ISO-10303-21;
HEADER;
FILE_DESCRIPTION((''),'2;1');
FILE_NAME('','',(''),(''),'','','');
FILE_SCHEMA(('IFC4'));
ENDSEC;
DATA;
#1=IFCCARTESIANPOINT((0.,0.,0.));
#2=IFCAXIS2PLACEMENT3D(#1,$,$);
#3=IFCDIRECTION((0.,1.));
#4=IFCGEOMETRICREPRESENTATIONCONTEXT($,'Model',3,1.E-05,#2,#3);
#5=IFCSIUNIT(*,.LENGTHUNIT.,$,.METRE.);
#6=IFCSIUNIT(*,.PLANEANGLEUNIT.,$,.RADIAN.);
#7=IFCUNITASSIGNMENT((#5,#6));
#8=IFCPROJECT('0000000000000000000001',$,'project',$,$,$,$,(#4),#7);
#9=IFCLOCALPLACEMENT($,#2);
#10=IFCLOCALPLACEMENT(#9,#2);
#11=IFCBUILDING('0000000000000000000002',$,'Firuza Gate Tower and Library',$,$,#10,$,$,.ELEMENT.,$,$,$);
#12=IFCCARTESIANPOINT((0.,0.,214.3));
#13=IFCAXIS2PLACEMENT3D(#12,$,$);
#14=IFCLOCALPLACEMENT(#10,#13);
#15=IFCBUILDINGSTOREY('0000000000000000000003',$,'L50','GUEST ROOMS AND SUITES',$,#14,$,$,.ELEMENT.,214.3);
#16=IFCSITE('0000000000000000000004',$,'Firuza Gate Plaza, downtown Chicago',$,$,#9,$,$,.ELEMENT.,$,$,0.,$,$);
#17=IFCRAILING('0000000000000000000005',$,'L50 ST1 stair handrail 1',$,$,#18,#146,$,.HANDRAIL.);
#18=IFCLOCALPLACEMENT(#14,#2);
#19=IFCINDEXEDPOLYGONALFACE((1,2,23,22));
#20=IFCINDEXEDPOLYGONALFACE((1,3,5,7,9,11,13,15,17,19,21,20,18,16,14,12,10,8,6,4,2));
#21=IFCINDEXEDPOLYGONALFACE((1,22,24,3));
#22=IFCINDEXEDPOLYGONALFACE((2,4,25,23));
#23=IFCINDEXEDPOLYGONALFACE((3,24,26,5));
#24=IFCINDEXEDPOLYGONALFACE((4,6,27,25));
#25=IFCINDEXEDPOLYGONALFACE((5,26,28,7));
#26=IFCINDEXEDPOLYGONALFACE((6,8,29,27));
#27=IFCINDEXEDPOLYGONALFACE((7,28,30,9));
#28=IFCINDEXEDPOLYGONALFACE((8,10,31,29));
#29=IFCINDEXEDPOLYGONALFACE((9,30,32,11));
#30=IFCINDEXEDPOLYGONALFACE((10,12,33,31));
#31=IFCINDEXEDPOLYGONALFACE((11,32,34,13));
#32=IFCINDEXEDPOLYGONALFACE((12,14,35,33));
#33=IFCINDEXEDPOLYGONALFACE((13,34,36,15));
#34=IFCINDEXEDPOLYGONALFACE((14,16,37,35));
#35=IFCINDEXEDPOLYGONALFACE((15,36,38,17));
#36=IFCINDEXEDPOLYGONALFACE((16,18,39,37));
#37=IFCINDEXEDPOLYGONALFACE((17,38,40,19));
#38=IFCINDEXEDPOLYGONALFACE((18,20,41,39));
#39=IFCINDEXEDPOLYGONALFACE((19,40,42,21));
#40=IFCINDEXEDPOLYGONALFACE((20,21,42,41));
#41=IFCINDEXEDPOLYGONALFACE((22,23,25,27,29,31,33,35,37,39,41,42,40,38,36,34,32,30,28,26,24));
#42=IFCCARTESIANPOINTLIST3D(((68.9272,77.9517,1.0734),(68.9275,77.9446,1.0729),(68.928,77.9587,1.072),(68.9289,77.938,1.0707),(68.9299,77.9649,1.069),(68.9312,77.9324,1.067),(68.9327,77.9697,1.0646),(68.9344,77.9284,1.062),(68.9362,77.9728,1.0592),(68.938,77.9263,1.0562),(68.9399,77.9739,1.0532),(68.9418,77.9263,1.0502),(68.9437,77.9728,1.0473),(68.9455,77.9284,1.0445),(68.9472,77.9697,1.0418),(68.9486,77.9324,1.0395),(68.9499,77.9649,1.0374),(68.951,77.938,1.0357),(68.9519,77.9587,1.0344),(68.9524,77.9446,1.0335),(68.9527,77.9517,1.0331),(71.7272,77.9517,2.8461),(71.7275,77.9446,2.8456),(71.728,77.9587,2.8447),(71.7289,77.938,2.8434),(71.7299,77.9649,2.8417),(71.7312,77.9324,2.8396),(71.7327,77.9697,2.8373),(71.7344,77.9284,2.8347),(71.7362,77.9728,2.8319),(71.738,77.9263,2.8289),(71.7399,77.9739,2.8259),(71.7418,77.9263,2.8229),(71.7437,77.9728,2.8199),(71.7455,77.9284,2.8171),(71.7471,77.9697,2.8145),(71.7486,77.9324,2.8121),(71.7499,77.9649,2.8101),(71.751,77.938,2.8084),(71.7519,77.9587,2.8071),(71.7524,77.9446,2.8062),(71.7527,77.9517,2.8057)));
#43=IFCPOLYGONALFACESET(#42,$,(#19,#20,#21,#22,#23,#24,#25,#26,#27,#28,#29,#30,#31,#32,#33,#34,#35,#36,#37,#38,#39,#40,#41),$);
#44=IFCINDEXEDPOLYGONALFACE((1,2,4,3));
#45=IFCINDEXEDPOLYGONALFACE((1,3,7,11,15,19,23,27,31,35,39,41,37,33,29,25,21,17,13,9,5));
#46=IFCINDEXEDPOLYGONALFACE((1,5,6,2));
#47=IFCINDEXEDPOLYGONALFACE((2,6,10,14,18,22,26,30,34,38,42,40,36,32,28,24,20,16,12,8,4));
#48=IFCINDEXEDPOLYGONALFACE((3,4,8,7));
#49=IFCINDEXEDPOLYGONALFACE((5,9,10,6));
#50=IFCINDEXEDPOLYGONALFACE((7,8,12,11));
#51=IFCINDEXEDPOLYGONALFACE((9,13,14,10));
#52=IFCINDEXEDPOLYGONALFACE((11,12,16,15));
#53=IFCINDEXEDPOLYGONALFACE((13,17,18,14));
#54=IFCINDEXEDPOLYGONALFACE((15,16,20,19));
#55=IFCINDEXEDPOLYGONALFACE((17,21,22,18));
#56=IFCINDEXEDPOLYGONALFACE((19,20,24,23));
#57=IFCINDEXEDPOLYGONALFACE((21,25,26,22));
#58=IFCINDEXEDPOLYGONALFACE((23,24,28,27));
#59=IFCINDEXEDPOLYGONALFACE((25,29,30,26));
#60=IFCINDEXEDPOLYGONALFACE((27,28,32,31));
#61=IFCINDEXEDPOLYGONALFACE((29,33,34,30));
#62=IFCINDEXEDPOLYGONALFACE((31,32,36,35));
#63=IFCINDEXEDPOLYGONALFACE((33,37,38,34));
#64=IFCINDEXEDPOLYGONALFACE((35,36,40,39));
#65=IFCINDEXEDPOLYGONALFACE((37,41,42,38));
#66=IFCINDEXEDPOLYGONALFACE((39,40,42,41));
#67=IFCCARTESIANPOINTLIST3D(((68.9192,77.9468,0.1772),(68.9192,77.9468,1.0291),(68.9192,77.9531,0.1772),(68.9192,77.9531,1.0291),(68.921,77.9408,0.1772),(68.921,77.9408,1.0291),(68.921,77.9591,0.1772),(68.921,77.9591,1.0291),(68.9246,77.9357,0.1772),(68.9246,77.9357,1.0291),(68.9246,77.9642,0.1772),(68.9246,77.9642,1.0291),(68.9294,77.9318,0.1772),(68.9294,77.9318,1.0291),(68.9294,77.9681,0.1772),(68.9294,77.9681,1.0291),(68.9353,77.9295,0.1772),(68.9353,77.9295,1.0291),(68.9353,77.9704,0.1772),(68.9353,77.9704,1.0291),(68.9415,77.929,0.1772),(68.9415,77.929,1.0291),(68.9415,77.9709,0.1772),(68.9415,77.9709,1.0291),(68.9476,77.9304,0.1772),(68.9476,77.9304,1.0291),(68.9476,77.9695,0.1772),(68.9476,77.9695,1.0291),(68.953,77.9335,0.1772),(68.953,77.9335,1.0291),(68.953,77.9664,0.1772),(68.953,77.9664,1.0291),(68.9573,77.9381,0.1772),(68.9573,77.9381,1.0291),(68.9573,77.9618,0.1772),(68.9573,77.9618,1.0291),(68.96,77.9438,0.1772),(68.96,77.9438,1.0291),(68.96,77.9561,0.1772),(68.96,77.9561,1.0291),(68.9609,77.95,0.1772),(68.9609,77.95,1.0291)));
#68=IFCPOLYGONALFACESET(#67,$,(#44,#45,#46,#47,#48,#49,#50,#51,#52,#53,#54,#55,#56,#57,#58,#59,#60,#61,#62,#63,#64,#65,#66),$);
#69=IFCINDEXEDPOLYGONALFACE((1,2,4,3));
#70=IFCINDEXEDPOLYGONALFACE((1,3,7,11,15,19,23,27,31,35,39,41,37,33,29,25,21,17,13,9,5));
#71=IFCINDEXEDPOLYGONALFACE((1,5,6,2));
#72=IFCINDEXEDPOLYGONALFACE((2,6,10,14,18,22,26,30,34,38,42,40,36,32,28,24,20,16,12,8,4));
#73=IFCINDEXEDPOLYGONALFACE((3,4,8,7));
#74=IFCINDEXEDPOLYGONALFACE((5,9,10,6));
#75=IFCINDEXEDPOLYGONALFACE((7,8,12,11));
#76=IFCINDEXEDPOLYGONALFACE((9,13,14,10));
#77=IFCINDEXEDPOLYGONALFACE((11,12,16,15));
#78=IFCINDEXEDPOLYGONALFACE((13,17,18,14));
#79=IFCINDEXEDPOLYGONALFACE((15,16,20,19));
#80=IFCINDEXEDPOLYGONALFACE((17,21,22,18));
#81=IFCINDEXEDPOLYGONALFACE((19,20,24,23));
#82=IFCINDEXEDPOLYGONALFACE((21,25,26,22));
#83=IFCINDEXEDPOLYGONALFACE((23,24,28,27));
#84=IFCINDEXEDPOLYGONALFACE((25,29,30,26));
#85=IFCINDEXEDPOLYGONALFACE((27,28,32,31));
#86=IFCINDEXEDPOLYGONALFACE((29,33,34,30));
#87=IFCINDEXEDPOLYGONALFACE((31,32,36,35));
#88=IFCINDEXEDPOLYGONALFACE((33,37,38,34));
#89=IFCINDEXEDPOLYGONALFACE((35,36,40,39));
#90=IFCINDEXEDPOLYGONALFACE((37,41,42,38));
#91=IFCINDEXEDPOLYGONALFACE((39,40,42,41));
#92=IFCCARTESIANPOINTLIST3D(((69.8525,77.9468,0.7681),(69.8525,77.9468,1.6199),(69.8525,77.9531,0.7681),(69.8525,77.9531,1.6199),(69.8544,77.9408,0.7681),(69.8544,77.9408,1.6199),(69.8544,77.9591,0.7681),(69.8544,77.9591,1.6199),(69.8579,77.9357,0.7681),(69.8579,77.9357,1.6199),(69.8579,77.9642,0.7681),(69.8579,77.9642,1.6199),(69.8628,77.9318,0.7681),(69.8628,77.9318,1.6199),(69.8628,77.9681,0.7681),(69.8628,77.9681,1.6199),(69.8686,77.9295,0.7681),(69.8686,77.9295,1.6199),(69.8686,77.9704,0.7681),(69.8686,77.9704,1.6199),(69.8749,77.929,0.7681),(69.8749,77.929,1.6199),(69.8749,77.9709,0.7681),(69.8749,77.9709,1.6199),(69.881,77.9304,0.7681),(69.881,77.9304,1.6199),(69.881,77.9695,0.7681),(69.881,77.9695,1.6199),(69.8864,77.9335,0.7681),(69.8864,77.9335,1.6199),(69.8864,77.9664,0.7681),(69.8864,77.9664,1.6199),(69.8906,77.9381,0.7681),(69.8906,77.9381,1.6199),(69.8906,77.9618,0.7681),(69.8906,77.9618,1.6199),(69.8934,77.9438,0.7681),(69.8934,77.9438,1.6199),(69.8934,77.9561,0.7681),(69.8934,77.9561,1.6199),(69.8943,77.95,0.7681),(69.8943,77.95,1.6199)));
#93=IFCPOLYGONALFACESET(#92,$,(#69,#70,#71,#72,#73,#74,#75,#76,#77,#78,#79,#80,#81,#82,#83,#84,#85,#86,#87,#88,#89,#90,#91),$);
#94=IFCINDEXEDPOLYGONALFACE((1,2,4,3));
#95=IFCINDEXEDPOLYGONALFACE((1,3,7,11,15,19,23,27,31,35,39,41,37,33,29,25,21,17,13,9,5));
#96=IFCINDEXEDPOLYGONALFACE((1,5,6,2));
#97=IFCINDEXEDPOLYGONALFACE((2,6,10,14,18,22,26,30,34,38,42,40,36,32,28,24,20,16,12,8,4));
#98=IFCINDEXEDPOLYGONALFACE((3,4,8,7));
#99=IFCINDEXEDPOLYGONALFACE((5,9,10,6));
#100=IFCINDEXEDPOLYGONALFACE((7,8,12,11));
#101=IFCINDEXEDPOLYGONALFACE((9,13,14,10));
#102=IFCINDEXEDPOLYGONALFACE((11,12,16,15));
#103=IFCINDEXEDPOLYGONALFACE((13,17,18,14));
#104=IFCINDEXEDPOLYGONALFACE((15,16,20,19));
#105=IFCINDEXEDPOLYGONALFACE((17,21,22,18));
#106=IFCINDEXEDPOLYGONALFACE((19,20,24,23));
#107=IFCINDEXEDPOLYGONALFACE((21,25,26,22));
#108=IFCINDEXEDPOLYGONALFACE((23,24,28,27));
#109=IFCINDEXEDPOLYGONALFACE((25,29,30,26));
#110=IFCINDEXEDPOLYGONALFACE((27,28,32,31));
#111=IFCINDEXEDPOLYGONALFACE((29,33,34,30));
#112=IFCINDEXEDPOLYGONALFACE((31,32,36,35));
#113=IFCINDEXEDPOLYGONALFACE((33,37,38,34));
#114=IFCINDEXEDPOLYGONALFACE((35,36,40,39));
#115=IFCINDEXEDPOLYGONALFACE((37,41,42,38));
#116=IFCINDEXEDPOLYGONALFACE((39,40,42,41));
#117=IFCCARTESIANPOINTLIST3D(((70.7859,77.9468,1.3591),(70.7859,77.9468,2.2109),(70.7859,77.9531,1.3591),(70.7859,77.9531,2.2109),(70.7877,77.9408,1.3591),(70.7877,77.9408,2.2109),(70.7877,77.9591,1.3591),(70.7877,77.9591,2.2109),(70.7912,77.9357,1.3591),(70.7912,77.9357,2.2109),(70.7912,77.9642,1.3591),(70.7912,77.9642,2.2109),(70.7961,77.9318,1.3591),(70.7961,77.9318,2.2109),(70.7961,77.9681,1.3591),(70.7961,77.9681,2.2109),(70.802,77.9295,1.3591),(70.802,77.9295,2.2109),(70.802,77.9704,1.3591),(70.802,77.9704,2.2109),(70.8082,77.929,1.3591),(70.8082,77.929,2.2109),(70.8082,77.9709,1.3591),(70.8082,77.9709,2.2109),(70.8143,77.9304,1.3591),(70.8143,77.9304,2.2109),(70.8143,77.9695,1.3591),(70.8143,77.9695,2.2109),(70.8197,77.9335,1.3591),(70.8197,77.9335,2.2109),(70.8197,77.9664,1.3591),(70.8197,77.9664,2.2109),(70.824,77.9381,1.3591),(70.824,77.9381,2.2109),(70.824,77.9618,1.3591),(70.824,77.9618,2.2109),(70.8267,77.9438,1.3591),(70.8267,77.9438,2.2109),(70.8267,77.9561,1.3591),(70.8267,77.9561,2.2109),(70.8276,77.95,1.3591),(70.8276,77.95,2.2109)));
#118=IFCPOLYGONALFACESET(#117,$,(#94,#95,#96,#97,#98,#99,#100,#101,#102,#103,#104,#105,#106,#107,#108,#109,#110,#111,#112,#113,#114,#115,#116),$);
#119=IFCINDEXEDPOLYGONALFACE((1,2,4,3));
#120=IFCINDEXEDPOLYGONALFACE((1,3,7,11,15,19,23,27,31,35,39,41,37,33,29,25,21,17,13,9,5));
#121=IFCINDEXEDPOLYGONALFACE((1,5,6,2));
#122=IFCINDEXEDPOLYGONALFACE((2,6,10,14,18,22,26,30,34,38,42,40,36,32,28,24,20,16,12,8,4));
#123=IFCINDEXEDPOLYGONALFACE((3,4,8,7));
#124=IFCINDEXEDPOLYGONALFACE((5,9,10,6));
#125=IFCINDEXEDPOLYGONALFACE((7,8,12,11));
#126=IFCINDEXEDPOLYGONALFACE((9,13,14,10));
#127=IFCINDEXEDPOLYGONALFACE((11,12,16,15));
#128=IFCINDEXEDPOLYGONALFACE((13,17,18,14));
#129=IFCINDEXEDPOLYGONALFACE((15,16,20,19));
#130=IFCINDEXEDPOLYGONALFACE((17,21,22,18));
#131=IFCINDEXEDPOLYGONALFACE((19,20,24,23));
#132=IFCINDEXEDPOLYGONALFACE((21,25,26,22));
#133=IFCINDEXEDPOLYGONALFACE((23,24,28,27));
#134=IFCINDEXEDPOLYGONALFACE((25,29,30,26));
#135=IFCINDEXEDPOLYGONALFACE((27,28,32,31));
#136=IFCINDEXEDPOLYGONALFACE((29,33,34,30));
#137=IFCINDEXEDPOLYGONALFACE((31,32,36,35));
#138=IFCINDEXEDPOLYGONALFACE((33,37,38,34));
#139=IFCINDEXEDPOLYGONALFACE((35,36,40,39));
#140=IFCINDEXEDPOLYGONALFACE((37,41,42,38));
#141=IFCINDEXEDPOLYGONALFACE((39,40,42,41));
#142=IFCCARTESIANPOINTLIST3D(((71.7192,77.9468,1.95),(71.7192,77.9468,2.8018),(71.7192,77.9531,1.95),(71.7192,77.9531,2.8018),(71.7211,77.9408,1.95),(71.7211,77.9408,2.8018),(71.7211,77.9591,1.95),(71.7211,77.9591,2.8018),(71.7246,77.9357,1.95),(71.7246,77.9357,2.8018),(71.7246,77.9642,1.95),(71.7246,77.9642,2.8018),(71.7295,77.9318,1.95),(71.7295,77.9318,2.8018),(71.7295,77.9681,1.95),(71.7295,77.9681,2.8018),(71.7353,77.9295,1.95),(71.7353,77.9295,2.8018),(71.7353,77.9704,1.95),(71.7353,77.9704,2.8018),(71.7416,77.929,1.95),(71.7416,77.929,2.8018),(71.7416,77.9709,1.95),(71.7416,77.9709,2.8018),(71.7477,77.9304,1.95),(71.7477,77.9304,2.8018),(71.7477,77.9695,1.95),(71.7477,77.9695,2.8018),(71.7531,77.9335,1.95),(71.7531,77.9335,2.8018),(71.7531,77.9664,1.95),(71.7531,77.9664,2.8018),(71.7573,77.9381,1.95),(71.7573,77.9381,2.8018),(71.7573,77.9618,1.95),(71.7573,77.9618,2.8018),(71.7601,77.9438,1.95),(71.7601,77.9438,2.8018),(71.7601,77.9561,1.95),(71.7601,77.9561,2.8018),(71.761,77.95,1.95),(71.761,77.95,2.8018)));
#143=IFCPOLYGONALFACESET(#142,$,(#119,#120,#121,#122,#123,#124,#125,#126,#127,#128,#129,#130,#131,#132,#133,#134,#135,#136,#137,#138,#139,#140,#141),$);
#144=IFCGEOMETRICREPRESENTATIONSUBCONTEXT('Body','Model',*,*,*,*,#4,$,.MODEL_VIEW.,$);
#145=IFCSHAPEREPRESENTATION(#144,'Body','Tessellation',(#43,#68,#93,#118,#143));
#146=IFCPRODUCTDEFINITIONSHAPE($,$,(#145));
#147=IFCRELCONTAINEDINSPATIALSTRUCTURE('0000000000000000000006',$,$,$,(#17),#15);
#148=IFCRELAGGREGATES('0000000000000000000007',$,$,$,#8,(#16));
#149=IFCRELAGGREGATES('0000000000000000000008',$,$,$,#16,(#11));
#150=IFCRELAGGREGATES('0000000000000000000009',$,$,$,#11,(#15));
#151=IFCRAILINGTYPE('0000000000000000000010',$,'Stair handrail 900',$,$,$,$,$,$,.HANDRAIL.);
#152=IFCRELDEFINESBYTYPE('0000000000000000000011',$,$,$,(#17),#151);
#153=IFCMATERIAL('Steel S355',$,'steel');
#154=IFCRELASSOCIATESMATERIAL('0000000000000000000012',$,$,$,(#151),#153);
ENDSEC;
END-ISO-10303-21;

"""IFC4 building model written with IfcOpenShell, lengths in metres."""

from ifc_helpers import new_model, si_unit, direction, frame, origin, origin_2d, place, context, subcontext, project, spatial, circle, extrude, material, type_object, element, save


model = new_model("IFC4")

# Units and contexts
model_context = context("Model", 3, precision=1e-05, world=origin(), true_north=direction((0.0, 1.0)))
body_context = subcontext(model_context, "Body", "Model", "MODEL_VIEW")
ifc_project = project(units=[si_unit("LENGTHUNIT", "METRE"), si_unit("PLANEANGLEUNIT", "RADIAN")], contexts=[model_context])

# Site, building, storey
site_placement = place(None, origin())
site = spatial("IfcSite", under=ifc_project, at=site_placement, Name="Firuza Gate Plaza, downtown Chicago", CompositionType="ELEMENT", RefElevation=0.0)
building_placement = place(site_placement, origin())
building = spatial("IfcBuilding", under=site, at=building_placement, Name="Firuza Gate Tower and Library", CompositionType="ELEMENT")
storey_placement = place(building_placement, frame((0.0, 0.0, 214.3)))
storey = spatial("IfcBuildingStorey", under=building, at=storey_placement, Name="L50", Description="GUEST ROOMS AND SUITES", CompositionType="ELEMENT", Elevation=214.3)

# Railing
ifc_material_1 = material(Name="Steel S355", Category="steel")
railing_type_1 = type_object("IfcRailingType", Name="Stair handrail 900", PredefinedType="HANDRAIL", material=ifc_material_1)
railing_1_placement = place(storey_placement, frame((68.9399, 77.95, 0.1772)))
element("IfcRailing", 1, at=railing_1_placement, inside=storey, type_object=railing_type_1, Name="L50 ST1 stair handrail 1", PredefinedType="HANDRAIL", context=body_context, shape_type="SweptSolid", body=[
    extrude(circle(Radius=0.0239, at=origin_2d()), frame((0.0, 0.0, 0.876), z_axis=(0.844909, 0.0, 0.53491), x_axis=(0.0, 1.0, 0.0)), (0.0, 0.0, 1.0), 3.314),
    extrude(circle(Radius=0.021, at=origin_2d()), origin(), (0.0, 0.0, 1.0), 0.8518),
    extrude(circle(Radius=0.021, at=origin_2d()), frame((0.9333, 0.0, 0.5908)), (0.0, 0.0, 1.0), 0.8518),
    extrude(circle(Radius=0.021, at=origin_2d()), frame((1.8667, 0.0, 1.1819)), (0.0, 0.0, 1.0), 0.8518),
    extrude(circle(Radius=0.021, at=origin_2d()), frame((2.8, 0.0, 1.7727)), (0.0, 0.0, 1.0), 0.8518),
])

save(model, "model.ifc")
